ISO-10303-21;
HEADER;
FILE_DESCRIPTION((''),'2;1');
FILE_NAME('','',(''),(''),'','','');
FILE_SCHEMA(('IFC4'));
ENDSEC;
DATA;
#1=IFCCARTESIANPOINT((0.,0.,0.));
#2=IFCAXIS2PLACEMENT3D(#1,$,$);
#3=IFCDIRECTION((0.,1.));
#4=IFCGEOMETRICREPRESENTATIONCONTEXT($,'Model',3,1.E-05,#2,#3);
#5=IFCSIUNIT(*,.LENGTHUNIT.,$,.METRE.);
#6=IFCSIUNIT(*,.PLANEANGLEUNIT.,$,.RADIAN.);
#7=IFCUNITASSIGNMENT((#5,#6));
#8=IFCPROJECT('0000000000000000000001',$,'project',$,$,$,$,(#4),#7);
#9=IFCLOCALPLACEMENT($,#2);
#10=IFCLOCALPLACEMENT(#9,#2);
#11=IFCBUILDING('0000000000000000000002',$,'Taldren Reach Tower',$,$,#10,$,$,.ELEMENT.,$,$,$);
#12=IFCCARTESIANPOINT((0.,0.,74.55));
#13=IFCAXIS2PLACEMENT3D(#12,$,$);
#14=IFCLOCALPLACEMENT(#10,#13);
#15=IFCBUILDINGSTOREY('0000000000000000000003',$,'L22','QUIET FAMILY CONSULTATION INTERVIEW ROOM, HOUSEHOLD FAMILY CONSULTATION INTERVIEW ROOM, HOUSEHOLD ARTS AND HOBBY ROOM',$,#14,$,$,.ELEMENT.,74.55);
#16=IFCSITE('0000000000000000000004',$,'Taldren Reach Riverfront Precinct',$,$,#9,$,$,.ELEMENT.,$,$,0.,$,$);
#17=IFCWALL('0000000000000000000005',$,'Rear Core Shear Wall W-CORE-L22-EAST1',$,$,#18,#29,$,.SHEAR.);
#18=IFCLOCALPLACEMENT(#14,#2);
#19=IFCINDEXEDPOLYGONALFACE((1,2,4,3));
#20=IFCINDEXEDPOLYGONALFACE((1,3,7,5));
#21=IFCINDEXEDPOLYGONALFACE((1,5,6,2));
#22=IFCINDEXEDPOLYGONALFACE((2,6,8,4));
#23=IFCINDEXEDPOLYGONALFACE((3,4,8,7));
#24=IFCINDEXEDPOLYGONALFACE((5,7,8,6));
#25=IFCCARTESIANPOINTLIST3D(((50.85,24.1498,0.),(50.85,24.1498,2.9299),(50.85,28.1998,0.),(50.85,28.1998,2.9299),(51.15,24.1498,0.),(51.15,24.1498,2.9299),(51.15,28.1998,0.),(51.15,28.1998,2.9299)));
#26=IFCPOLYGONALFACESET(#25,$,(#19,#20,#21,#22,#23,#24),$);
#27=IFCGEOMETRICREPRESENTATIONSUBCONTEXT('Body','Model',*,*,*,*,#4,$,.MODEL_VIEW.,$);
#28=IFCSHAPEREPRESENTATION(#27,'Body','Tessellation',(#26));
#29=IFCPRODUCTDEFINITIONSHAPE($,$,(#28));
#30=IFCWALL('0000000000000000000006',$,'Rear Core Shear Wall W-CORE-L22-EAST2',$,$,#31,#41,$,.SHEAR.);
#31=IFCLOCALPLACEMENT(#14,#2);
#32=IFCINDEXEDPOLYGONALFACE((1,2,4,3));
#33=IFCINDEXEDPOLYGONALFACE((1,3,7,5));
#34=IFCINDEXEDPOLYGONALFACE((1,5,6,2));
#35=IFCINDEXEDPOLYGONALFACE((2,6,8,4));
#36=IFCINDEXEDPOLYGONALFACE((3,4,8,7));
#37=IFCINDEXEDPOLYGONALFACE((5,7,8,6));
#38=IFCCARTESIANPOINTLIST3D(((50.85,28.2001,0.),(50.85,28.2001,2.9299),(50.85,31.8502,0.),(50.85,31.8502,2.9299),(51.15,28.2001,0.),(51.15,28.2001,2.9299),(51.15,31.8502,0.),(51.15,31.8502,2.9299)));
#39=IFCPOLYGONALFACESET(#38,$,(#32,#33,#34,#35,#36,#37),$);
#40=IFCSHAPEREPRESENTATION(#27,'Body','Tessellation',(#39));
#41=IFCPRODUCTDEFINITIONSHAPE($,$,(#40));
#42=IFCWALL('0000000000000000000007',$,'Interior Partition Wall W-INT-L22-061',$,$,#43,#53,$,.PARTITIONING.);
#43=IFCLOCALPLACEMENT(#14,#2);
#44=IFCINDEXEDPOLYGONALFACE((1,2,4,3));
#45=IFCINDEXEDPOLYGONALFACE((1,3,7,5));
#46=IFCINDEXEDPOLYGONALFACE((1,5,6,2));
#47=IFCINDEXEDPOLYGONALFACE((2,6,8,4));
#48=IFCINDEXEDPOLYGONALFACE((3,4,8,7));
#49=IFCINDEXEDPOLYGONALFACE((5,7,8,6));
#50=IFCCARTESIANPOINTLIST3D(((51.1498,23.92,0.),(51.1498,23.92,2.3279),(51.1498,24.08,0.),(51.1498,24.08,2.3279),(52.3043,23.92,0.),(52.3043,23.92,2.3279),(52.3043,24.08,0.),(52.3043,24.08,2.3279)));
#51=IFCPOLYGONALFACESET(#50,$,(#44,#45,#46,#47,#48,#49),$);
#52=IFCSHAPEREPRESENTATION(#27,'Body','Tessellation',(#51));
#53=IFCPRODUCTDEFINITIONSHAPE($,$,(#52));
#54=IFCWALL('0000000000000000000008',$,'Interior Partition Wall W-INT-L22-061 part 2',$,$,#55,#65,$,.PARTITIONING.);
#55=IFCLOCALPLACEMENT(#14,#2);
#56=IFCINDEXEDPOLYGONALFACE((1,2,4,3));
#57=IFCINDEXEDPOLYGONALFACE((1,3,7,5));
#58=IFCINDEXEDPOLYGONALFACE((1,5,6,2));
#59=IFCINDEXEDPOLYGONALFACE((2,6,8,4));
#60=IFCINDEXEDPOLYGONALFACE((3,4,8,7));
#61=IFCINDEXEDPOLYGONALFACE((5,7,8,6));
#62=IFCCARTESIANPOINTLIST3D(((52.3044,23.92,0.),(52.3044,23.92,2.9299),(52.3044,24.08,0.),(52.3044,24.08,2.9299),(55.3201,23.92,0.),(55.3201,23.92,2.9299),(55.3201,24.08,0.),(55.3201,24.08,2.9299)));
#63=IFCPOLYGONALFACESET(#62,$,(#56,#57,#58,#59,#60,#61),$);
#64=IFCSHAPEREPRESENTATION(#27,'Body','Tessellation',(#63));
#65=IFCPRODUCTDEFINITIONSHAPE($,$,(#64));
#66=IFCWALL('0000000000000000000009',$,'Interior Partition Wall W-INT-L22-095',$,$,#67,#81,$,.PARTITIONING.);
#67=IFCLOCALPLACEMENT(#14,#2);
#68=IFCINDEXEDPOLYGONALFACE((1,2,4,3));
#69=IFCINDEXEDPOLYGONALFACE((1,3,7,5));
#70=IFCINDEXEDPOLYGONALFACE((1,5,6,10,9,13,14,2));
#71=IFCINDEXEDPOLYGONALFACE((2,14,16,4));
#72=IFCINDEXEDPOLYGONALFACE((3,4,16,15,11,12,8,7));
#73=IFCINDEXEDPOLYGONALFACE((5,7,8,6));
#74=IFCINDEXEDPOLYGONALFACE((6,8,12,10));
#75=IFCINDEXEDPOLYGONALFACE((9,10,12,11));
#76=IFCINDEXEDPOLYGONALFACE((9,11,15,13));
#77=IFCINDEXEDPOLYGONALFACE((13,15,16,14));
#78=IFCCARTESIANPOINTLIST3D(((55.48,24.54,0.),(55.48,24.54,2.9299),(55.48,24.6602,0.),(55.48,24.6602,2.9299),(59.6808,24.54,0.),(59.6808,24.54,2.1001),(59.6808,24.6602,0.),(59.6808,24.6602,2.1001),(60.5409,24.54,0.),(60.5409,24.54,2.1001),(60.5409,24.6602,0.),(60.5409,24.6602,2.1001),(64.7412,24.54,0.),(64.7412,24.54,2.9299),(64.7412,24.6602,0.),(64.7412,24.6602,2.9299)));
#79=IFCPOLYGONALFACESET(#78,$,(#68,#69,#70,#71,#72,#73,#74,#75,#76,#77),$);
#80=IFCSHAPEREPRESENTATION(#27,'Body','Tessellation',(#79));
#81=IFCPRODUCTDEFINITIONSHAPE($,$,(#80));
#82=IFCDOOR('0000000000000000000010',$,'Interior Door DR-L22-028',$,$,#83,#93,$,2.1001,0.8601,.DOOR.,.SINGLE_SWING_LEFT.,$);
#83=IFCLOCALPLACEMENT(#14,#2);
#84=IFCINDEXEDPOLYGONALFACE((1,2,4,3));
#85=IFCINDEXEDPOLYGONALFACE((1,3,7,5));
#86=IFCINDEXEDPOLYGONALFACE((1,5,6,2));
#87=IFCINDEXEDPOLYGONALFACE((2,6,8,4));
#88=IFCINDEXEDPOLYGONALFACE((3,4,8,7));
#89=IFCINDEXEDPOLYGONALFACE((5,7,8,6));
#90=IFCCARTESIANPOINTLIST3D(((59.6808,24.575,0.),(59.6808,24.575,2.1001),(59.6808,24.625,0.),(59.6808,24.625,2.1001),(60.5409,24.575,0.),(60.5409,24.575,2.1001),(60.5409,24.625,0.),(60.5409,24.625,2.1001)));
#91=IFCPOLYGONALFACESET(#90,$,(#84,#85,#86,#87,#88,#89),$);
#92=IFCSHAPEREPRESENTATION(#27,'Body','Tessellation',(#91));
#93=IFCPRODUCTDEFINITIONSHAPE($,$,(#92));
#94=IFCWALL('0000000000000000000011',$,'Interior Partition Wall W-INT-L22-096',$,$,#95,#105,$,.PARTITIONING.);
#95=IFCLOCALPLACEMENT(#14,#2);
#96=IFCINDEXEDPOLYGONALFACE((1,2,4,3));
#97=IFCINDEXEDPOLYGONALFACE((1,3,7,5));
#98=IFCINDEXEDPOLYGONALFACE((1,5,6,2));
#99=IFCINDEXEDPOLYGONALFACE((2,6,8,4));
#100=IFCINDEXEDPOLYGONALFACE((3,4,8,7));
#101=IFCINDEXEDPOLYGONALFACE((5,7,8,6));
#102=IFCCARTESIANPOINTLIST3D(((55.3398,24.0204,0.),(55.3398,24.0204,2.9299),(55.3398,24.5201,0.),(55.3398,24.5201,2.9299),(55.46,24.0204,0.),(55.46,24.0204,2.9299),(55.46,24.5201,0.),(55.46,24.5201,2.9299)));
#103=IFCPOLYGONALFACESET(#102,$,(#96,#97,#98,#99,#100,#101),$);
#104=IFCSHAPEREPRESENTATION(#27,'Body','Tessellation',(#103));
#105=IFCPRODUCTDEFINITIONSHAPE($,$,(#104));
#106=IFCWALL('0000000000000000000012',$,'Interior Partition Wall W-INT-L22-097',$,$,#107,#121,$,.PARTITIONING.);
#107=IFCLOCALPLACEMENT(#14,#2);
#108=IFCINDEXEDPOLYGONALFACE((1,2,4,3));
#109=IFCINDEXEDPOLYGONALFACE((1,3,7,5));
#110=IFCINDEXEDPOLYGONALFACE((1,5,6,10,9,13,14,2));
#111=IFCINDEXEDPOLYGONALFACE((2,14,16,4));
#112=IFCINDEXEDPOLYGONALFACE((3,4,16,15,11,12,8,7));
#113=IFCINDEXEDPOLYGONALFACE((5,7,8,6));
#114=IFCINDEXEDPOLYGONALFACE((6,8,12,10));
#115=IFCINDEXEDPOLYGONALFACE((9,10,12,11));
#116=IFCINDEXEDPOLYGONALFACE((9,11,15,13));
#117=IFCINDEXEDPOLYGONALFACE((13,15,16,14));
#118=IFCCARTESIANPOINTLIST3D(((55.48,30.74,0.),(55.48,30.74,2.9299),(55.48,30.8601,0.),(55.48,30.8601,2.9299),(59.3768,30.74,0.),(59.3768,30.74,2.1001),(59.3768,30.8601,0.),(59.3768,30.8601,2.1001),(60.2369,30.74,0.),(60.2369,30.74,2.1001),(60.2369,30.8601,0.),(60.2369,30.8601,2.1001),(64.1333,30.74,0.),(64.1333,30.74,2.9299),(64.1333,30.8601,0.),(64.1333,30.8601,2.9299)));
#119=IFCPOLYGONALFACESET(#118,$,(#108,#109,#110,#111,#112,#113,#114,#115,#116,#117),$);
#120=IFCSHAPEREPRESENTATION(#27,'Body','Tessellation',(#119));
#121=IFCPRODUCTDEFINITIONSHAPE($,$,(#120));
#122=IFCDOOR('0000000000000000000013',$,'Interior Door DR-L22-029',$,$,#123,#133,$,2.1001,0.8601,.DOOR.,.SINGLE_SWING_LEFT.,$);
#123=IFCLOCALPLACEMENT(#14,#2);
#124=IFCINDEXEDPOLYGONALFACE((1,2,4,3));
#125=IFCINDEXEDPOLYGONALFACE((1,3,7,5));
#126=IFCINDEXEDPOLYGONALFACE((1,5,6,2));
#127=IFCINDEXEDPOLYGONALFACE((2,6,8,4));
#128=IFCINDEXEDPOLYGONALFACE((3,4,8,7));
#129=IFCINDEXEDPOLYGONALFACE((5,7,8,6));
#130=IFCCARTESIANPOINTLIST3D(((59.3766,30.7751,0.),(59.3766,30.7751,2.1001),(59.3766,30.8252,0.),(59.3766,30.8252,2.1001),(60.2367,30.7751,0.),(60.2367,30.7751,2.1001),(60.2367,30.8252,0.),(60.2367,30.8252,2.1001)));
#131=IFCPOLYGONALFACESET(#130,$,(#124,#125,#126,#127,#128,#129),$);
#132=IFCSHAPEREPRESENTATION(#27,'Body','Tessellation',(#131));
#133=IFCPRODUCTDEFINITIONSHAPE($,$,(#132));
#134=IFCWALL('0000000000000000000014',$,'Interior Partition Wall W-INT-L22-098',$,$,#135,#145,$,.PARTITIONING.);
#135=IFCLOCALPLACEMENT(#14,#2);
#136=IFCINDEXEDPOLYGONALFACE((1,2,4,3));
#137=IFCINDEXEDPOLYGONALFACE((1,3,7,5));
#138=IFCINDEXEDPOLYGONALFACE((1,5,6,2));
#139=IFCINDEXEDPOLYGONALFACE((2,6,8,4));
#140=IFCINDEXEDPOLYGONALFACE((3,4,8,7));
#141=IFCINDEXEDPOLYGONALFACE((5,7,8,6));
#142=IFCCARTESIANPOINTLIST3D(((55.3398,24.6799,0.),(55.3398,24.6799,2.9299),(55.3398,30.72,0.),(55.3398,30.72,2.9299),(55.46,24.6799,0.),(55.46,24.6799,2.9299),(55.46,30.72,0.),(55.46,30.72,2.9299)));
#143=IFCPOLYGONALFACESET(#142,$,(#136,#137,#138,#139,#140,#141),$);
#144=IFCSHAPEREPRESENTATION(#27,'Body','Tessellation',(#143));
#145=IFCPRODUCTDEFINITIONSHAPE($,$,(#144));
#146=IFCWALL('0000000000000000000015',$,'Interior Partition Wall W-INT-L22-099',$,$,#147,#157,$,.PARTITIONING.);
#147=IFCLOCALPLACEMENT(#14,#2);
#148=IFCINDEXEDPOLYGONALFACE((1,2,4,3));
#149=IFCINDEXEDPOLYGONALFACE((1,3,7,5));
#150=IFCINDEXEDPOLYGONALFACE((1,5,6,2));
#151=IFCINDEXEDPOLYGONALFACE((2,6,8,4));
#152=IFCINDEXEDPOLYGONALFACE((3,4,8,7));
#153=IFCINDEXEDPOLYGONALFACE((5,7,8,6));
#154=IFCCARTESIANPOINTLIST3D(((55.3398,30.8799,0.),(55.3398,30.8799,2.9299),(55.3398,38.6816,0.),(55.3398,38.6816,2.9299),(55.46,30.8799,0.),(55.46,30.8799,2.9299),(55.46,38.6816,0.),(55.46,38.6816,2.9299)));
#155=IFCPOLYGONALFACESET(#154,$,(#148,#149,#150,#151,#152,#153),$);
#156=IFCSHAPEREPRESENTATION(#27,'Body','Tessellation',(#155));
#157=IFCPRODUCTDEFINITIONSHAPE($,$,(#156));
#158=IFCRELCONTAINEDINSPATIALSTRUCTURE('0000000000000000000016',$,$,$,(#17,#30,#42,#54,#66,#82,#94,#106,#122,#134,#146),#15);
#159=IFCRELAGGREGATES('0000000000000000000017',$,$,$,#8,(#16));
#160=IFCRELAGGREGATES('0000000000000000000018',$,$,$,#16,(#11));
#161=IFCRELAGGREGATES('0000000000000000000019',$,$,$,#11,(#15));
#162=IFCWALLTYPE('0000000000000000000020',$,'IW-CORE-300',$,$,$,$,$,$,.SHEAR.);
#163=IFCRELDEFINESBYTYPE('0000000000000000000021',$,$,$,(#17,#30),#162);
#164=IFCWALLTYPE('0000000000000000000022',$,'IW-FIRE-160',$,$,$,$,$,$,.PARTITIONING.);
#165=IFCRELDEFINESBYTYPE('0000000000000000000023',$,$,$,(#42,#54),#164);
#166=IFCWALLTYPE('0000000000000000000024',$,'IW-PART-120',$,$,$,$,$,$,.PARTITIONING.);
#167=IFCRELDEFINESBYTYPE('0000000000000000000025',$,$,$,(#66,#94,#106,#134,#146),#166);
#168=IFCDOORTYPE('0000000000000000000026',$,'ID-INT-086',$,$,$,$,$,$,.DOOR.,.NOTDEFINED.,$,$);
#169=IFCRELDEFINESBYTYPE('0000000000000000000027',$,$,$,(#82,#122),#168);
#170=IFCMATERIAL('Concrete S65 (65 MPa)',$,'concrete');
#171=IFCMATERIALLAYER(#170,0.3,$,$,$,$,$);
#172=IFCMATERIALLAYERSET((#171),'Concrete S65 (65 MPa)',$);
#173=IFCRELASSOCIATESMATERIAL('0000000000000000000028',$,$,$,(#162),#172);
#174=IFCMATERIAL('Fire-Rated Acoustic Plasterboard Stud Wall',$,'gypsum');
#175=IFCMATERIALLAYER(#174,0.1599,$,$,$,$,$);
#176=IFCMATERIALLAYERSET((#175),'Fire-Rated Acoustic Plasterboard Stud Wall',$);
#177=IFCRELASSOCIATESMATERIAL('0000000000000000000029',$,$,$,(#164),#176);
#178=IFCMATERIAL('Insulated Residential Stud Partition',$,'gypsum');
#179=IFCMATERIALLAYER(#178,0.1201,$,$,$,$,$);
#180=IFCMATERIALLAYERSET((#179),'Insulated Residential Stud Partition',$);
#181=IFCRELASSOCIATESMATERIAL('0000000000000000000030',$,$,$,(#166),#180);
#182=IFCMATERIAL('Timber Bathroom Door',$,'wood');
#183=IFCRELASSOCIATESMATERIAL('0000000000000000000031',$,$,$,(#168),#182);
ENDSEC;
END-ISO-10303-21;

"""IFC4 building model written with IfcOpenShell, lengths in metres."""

from ifc_helpers import new_model, si_unit, direction, frame, frame_2d, origin, place, context, subcontext, project, spatial, rectangle, extrude, source, transform, mapped, material, layer, layer_set, type_object, element, fill, save


model = new_model("IFC4")

# Units and contexts
model_context = context("Model", 3, precision=1e-05, world=origin(), true_north=direction((0.0, 1.0)))
body_context = subcontext(model_context, "Body", "Model", "MODEL_VIEW")
ifc_project = project(units=[si_unit("LENGTHUNIT", "METRE"), si_unit("PLANEANGLEUNIT", "RADIAN")], contexts=[model_context])

# Site, building, storey
site_placement = place(None, origin())
site = spatial("IfcSite", under=ifc_project, at=site_placement, Name="Taldren Reach Riverfront Precinct", CompositionType="ELEMENT", RefElevation=0.0)
building_placement = place(site_placement, origin())
building = spatial("IfcBuilding", under=site, at=building_placement, Name="Taldren Reach Tower", CompositionType="ELEMENT")
storey_placement = place(building_placement, frame((0.0, 0.0, 74.55)))
storey = spatial("IfcBuildingStorey", under=building, at=storey_placement, Name="L22", Description="QUIET FAMILY CONSULTATION INTERVIEW ROOM, HOUSEHOLD FAMILY CONSULTATION INTERVIEW ROOM, HOUSEHOLD ARTS AND HOBBY ROOM", CompositionType="ELEMENT", Elevation=74.55)

# Shared definitions
ifc_material_1 = material(Name="Concrete S65 (65 MPa)", Category="concrete")

# Walls
ifc_layer_1 = layer(ifc_material_1, 0.3)
ifc_layer_set_1 = layer_set([ifc_layer_1], Name="Concrete S65 (65 MPa)")
wall_type_1 = type_object("IfcWallType", Name="IW-CORE-300", PredefinedType="SHEAR", material=ifc_layer_set_1)
shared_shape_1 = source(origin(), body_context, "Body", "SweptSolid", [
    extrude(rectangle(XDim=4.05, YDim=0.3, at=frame_2d((2.0249, 0.0))), origin(), (0.0, 0.0, 1.0), 2.9299),
])
wall_1_placement = place(storey_placement, frame((51.0, 24.1499, 0.0), z_axis=(0.0, 0.0, 1.0), x_axis=(0.0, 1.0, 0.0)))
element("IfcWall", 1, at=wall_1_placement, inside=storey, type_object=wall_type_1, Name="Rear Core Shear Wall W-CORE-L22-EAST1", PredefinedType="SHEAR", context=body_context, shape_type="MappedRepresentation", body=[
    mapped(shared_shape_1, transform((0.0, 0.0, 0.0), scale=1.0)),
])
shared_shape_2 = source(origin(), body_context, "Body", "SweptSolid", [
    extrude(rectangle(XDim=3.6501, YDim=0.3, at=frame_2d((1.8252, 0.0))), origin(), (0.0, 0.0, 1.0), 2.9299),
])
wall_2_placement = place(storey_placement, frame((51.0, 28.2, 0.0), z_axis=(0.0, 0.0, 1.0), x_axis=(0.0, 1.0, 0.0)))
element("IfcWall", 2, at=wall_2_placement, inside=storey, type_object=wall_type_1, Name="Rear Core Shear Wall W-CORE-L22-EAST2", PredefinedType="SHEAR", context=body_context, shape_type="MappedRepresentation", body=[
    mapped(shared_shape_2, transform((0.0, 0.0, 0.0), scale=1.0)),
])
ifc_material_2 = material(Name="Fire-Rated Acoustic Plasterboard Stud Wall", Category="gypsum")
ifc_layer_2 = layer(ifc_material_2, 0.1599)
ifc_layer_set_2 = layer_set([ifc_layer_2], Name="Fire-Rated Acoustic Plasterboard Stud Wall")
wall_type_2 = type_object("IfcWallType", Name="IW-FIRE-160", PredefinedType="PARTITIONING", material=ifc_layer_set_2)
shared_shape_3 = source(origin(), body_context, "Body", "SweptSolid", [
    extrude(rectangle(XDim=1.1545, YDim=0.1599, at=frame_2d((0.5771, 0.0))), origin(), (0.0, 0.0, 1.0), 2.3279),
])
wall_3_placement = place(storey_placement, frame((51.1499, 24.0, 0.0), z_axis=(0.0, 0.0, 1.0), x_axis=(1.0, 0.0, 0.0)))
element("IfcWall", 3, at=wall_3_placement, inside=storey, type_object=wall_type_2, Name="Interior Partition Wall W-INT-L22-061", PredefinedType="PARTITIONING", context=body_context, shape_type="MappedRepresentation", body=[
    mapped(shared_shape_3, transform((0.0, 0.0, 0.0), scale=1.0)),
])
shared_shape_4 = source(origin(), body_context, "Body", "SweptSolid", [
    extrude(rectangle(XDim=3.0156, YDim=0.1599, at=frame_2d((1.5078, 0.0))), origin(), (0.0, 0.0, 1.0), 2.9299),
])
wall_4_placement = place(storey_placement, frame((52.3044, 24.0, 0.0), z_axis=(0.0, 0.0, 1.0), x_axis=(1.0, 0.0, 0.0)))
element("IfcWall", 4, at=wall_4_placement, inside=storey, type_object=wall_type_2, Name="Interior Partition Wall W-INT-L22-061 part 2", PredefinedType="PARTITIONING", context=body_context, shape_type="MappedRepresentation", body=[
    mapped(shared_shape_4, transform((0.0, 0.0, 0.0), scale=1.0)),
])

# Wall, opening, door
ifc_material_3 = material(Name="Insulated Residential Stud Partition", Category="gypsum")
ifc_layer_3 = layer(ifc_material_3, 0.1201)
ifc_layer_set_3 = layer_set([ifc_layer_3], Name="Insulated Residential Stud Partition")
wall_type_3 = type_object("IfcWallType", Name="IW-PART-120", PredefinedType="PARTITIONING", material=ifc_layer_set_3)
shared_shape_5 = source(origin(), body_context, "Body", "SweptSolid", [
    extrude(rectangle(XDim=9.2612, YDim=0.1201, at=frame_2d((4.6306, 0.0))), origin(), (0.0, 0.0, 1.0), 2.9299),
])
wall_5_placement = place(storey_placement, frame((55.48, 24.6001, 0.0), z_axis=(0.0, 0.0, 1.0), x_axis=(1.0, 0.0, 0.0)))
wall_5 = element("IfcWall", 5, at=wall_5_placement, inside=storey, type_object=wall_type_3, Name="Interior Partition Wall W-INT-L22-095", PredefinedType="PARTITIONING", context=body_context, shape_type="MappedRepresentation", body=[
    mapped(shared_shape_5, transform((0.0, 0.0, 0.0), scale=1.0)),
])
shared_shape_6 = source(origin(), body_context, "Body", "SweptSolid", [
    extrude(rectangle(XDim=0.8601, YDim=2.1001, at=frame_2d((0.4302, 1.05))), frame((0.0, 0.0701, 0.0), z_axis=(0.0, -1.0, 0.0), x_axis=(1.0, 0.0, 0.0)), (0.0, 0.0, 1.0), 0.1401),
])
opening_1_placement = place(wall_5_placement, frame((4.2007, 0.0, 0.0)))
opening_1 = element("IfcOpeningElement", 6, at=opening_1_placement, cuts=wall_5, PredefinedType="OPENING", context=body_context, shape_type="MappedRepresentation", body=[
    mapped(shared_shape_6, transform((0.0, 0.0, 0.0), scale=1.0)),
])
ifc_material_4 = material(Name="Timber Bathroom Door", Category="wood")
door_type = type_object("IfcDoorType", Name="ID-INT-086", OperationType="NOTDEFINED", PredefinedType="DOOR", material=ifc_material_4)
shared_shape_7 = source(origin(), body_context, "Body", "SweptSolid", [
    extrude(rectangle(XDim=0.8601, YDim=2.1001, at=frame_2d((0.4302, 1.05))), frame((0.0, 0.0249, 0.0), z_axis=(0.0, -1.0, 0.0), x_axis=(1.0, 0.0, 0.0)), (0.0, 0.0, 1.0), 0.05),
])
door_1_placement = place(opening_1_placement, origin())
door_1 = element("IfcDoor", 7, at=door_1_placement, inside=storey, type_object=door_type, Name="Interior Door DR-L22-028", OperationType="SINGLE_SWING_LEFT", OverallHeight=2.1001, OverallWidth=0.8601, PredefinedType="DOOR", context=body_context, shape_type="MappedRepresentation", body=[
    mapped(shared_shape_7, transform((0.0, 0.0, 0.0), scale=1.0)),
])
fill(opening_1, door_1)

# Wall
shared_shape_8 = source(origin(), body_context, "Body", "SweptSolid", [
    extrude(rectangle(XDim=0.4998, YDim=0.1201, at=frame_2d((0.25, 0.0))), origin(), (0.0, 0.0, 1.0), 2.9299),
])
wall_6_placement = place(storey_placement, frame((55.3999, 24.0203, 0.0), z_axis=(0.0, 0.0, 1.0), x_axis=(0.0, 1.0, 0.0)))
element("IfcWall", 8, at=wall_6_placement, inside=storey, type_object=wall_type_3, Name="Interior Partition Wall W-INT-L22-096", PredefinedType="PARTITIONING", context=body_context, shape_type="MappedRepresentation", body=[
    mapped(shared_shape_8, transform((0.0, 0.0, 0.0), scale=1.0)),
])

# Wall, opening, door
shared_shape_9 = source(origin(), body_context, "Body", "SweptSolid", [
    extrude(rectangle(XDim=8.6533, YDim=0.1201, at=frame_2d((4.3267, 0.0))), origin(), (0.0, 0.0, 1.0), 2.9299),
])
wall_7_placement = place(storey_placement, frame((55.48, 30.8, 0.0), z_axis=(0.0, 0.0, 1.0), x_axis=(1.0, 0.0, 0.0)))
wall_7 = element("IfcWall", 9, at=wall_7_placement, inside=storey, type_object=wall_type_3, Name="Interior Partition Wall W-INT-L22-097", PredefinedType="PARTITIONING", context=body_context, shape_type="MappedRepresentation", body=[
    mapped(shared_shape_9, transform((0.0, 0.0, 0.0), scale=1.0)),
])
opening_2_placement = place(wall_7_placement, frame((3.8967, 0.0, 0.0)))
opening_2 = element("IfcOpeningElement", 10, at=opening_2_placement, cuts=wall_7, PredefinedType="OPENING", context=body_context, shape_type="MappedRepresentation", body=[
    mapped(shared_shape_6, transform((0.0, 0.0, 0.0), scale=1.0)),
])
door_2_placement = place(opening_2_placement, frame((0.8601, 0.0, 0.0), z_axis=(0.0, 0.0, 1.0), x_axis=(-1.0, 0.0, 0.0)))
door_2 = element("IfcDoor", 11, at=door_2_placement, inside=storey, type_object=door_type, Name="Interior Door DR-L22-029", OperationType="SINGLE_SWING_LEFT", OverallHeight=2.1001, OverallWidth=0.8601, PredefinedType="DOOR", context=body_context, shape_type="MappedRepresentation", body=[
    mapped(shared_shape_7, transform((0.0, 0.0, 0.0), scale=1.0)),
])
fill(opening_2, door_2)

# Walls
shared_shape_10 = source(origin(), body_context, "Body", "SweptSolid", [
    extrude(rectangle(XDim=6.04, YDim=0.1201, at=frame_2d((3.02, 0.0))), origin(), (0.0, 0.0, 1.0), 2.9299),
])
wall_8_placement = place(storey_placement, frame((55.3999, 24.6799, 0.0), z_axis=(0.0, 0.0, 1.0), x_axis=(0.0, 1.0, 0.0)))
element("IfcWall", 12, at=wall_8_placement, inside=storey, type_object=wall_type_3, Name="Interior Partition Wall W-INT-L22-098", PredefinedType="PARTITIONING", context=body_context, shape_type="MappedRepresentation", body=[
    mapped(shared_shape_10, transform((0.0, 0.0, 0.0), scale=1.0)),
])
shared_shape_11 = source(origin(), body_context, "Body", "SweptSolid", [
    extrude(rectangle(XDim=7.8018, YDim=0.1201, at=frame_2d((3.9009, 0.0))), origin(), (0.0, 0.0, 1.0), 2.9299),
])
wall_9_placement = place(storey_placement, frame((55.3999, 30.8799, 0.0), z_axis=(0.0, 0.0, 1.0), x_axis=(0.0, 1.0, 0.0)))
element("IfcWall", 13, at=wall_9_placement, inside=storey, type_object=wall_type_3, Name="Interior Partition Wall W-INT-L22-099", PredefinedType="PARTITIONING", context=body_context, shape_type="MappedRepresentation", body=[
    mapped(shared_shape_11, transform((0.0, 0.0, 0.0), scale=1.0)),
])

save(model, "model.ifc")
